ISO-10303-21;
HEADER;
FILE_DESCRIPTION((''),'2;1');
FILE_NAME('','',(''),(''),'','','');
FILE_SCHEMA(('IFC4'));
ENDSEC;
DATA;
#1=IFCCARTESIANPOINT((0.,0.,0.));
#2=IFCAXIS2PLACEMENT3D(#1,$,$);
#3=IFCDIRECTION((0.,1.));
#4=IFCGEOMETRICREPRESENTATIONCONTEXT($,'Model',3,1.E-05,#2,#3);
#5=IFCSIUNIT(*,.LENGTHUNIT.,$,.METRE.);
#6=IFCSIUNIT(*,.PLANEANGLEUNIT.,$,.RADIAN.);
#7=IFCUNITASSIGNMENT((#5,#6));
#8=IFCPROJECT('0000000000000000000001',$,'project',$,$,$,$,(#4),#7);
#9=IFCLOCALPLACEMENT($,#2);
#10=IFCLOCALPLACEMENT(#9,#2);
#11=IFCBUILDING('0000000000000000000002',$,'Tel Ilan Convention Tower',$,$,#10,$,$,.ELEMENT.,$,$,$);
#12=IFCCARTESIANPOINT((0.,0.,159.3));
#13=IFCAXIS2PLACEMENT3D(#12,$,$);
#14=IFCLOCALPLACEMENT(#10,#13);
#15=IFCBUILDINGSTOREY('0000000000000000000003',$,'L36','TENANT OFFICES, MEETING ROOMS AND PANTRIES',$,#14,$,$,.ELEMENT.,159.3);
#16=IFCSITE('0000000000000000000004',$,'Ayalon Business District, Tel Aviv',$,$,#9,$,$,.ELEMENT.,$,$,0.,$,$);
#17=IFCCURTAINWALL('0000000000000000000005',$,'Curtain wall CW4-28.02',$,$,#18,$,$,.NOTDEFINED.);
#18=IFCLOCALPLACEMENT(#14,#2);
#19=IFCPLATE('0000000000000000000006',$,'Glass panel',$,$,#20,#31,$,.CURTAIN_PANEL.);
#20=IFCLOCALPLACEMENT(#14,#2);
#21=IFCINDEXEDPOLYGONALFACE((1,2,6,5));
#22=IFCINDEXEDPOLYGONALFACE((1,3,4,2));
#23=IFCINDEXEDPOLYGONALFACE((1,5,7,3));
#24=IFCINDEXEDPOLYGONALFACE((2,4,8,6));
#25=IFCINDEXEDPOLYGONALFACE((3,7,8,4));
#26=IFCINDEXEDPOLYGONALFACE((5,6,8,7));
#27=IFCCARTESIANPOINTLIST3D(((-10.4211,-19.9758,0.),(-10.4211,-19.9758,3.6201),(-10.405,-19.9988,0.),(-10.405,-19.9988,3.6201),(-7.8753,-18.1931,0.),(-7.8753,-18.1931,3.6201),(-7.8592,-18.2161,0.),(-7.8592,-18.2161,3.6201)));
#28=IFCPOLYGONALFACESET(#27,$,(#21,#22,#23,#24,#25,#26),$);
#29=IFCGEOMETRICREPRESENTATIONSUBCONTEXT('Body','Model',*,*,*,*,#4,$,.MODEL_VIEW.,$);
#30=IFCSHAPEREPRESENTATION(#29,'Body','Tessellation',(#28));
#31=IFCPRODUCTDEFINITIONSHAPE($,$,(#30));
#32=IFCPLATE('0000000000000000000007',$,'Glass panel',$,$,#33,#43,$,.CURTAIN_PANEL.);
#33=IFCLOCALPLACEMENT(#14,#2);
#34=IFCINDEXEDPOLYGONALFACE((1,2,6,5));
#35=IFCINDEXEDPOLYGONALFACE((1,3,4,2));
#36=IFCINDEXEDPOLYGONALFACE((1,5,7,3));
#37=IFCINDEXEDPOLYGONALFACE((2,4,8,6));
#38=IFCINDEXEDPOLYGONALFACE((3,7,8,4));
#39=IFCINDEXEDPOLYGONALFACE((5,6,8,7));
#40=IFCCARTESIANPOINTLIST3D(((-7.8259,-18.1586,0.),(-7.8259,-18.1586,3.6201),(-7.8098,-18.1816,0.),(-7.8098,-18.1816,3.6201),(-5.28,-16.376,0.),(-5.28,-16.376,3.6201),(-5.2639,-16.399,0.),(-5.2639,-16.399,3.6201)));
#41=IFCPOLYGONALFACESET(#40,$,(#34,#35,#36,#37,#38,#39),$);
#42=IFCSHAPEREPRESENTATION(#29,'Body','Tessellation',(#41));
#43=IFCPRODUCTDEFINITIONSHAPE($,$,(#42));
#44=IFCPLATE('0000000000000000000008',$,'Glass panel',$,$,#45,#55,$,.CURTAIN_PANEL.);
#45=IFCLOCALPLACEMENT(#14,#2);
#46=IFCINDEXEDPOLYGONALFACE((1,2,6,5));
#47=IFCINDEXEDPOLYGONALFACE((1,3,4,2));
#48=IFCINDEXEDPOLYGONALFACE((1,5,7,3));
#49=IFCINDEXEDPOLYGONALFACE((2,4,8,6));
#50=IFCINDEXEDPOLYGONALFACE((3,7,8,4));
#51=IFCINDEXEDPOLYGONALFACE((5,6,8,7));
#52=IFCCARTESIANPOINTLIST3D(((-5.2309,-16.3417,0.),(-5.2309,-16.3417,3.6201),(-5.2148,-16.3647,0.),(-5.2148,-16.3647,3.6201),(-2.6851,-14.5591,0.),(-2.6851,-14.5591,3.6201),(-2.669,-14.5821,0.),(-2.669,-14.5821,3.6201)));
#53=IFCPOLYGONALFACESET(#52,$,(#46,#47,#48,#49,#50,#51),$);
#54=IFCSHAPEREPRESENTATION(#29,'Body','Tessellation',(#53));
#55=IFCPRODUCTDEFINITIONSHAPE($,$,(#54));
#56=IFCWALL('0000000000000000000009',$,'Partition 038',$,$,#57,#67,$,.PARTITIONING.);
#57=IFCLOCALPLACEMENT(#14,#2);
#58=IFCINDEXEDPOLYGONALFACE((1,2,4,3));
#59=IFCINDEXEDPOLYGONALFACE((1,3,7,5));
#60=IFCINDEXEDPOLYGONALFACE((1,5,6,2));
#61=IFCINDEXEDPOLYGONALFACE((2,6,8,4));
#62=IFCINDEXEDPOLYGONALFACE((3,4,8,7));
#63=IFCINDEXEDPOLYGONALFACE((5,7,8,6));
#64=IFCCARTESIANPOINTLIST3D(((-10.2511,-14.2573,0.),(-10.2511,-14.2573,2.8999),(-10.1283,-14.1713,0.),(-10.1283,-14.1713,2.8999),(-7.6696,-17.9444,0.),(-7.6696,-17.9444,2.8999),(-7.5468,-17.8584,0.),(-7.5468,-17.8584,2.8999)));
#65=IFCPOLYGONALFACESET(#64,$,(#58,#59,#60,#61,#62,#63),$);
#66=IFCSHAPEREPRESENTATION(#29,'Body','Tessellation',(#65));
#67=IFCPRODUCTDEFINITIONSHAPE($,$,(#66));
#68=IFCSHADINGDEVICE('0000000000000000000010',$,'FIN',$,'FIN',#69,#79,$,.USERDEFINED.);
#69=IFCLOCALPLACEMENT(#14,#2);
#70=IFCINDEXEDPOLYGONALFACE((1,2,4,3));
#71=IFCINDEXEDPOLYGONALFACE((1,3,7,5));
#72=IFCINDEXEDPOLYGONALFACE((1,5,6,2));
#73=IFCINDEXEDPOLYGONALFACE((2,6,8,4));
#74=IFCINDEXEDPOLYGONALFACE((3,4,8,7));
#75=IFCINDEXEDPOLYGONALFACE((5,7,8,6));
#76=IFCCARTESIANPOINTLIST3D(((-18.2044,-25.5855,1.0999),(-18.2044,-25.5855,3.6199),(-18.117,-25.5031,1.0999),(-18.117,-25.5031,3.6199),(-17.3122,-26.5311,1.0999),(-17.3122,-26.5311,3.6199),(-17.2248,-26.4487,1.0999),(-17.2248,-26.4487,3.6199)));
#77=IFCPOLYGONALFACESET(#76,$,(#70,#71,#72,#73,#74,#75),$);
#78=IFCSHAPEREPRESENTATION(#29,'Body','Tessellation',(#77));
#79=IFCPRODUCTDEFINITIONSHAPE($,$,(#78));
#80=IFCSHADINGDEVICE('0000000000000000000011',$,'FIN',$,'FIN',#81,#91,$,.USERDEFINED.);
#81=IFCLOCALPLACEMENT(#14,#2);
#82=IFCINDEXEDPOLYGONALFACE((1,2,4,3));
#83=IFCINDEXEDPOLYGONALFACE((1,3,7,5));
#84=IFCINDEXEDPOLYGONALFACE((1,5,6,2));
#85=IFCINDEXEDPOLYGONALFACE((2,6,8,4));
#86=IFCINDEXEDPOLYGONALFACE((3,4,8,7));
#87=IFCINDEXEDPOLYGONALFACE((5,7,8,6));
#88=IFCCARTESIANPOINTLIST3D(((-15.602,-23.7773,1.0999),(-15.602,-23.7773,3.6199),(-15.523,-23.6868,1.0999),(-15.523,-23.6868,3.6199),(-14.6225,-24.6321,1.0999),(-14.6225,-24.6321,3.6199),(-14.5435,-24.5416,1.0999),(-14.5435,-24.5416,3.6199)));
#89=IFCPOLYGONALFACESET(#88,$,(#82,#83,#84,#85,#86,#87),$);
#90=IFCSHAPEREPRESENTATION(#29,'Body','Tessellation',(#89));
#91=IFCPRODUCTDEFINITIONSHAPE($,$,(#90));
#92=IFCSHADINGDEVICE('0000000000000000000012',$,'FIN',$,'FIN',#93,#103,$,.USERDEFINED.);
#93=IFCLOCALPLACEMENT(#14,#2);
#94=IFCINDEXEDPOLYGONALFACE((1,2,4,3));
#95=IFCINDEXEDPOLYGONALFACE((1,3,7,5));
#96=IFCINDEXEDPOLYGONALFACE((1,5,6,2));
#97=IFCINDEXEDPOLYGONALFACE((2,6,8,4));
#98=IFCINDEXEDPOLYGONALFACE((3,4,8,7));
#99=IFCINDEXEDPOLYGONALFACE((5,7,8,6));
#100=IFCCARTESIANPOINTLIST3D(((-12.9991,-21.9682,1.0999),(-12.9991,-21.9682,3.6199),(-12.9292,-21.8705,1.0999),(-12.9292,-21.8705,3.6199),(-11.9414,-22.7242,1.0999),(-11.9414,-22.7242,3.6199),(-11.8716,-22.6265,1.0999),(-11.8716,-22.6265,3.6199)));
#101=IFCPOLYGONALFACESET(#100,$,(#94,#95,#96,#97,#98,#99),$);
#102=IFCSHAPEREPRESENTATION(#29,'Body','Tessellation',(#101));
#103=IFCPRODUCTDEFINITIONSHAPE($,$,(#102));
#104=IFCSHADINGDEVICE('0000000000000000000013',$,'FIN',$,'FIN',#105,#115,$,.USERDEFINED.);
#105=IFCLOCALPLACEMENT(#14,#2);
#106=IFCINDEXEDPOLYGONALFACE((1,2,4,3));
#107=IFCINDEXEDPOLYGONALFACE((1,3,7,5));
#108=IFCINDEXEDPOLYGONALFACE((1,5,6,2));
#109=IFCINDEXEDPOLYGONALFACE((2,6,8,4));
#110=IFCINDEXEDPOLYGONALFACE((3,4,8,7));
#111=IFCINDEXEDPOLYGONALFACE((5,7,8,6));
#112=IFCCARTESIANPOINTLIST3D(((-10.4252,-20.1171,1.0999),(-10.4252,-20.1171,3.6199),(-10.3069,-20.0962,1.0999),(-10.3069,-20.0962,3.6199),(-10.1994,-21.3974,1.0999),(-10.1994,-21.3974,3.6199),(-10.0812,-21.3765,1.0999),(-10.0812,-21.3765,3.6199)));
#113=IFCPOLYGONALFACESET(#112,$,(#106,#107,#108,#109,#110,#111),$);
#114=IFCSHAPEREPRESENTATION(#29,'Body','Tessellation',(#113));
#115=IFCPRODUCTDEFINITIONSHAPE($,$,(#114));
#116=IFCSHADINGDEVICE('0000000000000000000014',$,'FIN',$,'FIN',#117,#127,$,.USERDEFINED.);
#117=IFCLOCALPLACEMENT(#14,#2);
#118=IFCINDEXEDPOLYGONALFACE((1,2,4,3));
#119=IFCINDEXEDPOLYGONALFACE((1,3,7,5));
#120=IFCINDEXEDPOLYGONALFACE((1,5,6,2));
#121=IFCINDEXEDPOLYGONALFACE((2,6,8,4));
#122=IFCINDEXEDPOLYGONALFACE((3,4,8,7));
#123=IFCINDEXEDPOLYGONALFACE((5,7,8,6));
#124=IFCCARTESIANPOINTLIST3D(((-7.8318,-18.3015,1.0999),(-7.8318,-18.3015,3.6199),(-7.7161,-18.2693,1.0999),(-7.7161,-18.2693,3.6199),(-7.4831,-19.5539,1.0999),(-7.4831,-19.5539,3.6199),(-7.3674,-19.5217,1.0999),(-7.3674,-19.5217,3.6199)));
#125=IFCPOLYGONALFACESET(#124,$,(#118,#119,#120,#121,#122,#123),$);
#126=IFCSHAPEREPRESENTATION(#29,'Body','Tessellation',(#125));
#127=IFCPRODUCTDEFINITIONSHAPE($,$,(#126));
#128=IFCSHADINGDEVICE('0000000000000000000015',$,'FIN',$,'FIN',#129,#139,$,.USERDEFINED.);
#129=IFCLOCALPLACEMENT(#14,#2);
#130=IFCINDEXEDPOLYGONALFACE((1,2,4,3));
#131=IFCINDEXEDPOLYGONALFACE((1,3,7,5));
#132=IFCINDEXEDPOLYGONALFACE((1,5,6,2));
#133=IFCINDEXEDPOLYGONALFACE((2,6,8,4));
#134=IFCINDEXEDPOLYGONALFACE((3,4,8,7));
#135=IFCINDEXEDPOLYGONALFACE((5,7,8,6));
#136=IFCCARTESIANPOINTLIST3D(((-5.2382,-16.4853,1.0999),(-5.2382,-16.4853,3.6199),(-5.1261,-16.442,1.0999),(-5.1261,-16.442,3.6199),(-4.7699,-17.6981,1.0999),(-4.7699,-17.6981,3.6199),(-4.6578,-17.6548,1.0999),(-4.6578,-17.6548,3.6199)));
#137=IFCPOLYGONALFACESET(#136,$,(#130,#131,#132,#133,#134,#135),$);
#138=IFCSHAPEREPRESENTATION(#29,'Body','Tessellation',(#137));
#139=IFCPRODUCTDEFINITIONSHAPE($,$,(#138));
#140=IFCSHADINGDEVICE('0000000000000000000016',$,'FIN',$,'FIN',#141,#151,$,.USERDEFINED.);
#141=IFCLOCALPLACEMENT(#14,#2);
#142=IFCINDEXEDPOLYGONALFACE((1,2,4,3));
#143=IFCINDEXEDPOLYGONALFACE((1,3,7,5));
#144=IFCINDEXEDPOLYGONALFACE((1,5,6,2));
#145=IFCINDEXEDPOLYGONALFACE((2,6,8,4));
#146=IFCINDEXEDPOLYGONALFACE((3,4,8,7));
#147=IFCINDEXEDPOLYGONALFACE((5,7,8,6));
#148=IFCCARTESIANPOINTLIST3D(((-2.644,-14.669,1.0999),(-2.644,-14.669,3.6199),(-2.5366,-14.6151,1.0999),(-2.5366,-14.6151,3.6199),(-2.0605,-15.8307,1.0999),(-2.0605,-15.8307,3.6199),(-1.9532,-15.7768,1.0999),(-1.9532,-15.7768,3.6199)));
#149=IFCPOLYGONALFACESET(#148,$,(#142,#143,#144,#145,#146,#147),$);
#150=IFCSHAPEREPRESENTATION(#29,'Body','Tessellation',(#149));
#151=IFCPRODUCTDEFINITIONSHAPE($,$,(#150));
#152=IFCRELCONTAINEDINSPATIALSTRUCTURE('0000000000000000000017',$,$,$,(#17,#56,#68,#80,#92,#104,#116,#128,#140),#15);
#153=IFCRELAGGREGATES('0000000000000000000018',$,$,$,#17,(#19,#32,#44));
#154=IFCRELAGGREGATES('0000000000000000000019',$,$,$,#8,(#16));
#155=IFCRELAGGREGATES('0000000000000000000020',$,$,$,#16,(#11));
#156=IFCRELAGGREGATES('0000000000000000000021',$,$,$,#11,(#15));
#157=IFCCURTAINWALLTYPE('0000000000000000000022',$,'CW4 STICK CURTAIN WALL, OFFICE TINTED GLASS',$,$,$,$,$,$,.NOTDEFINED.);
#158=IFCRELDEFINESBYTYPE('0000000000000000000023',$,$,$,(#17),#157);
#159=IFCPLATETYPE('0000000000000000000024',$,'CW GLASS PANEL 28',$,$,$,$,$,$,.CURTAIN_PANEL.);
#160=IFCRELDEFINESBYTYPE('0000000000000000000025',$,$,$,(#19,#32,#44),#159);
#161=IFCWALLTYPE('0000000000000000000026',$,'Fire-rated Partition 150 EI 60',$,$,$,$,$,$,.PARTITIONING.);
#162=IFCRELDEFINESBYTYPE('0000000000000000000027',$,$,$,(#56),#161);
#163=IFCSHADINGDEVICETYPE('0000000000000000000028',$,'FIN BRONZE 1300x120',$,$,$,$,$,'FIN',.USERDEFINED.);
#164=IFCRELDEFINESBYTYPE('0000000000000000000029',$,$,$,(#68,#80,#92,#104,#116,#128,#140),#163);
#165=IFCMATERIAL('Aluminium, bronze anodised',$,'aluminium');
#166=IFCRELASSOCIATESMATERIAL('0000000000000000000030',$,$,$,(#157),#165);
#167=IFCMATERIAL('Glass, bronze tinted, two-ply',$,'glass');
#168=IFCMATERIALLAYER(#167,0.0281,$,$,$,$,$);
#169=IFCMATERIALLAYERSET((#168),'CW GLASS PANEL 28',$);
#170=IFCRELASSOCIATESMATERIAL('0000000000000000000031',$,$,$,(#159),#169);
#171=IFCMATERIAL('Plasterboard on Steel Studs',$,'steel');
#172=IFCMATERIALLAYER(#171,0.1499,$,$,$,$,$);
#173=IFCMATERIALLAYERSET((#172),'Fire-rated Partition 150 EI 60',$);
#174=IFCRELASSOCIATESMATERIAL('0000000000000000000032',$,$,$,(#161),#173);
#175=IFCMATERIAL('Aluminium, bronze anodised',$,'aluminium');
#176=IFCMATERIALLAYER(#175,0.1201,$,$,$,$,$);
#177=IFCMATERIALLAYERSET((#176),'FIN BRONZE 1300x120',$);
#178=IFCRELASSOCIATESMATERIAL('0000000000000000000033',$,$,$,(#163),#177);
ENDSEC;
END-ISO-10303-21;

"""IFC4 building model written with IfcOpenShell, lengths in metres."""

from ifc_helpers import new_model, si_unit, direction, frame, frame_2d, origin, origin_2d, place, context, subcontext, project, spatial, rectangle, extrude, material, layer, layer_set, type_object, element, aggregate, save


model = new_model("IFC4")

# Units and contexts
model_context = context("Model", 3, precision=1e-05, world=origin(), true_north=direction((0.0, 1.0)))
body_context = subcontext(model_context, "Body", "Model", "MODEL_VIEW")
ifc_project = project(units=[si_unit("LENGTHUNIT", "METRE"), si_unit("PLANEANGLEUNIT", "RADIAN")], contexts=[model_context])

# Site, building, storey
site_placement = place(None, origin())
site = spatial("IfcSite", under=ifc_project, at=site_placement, Name="Ayalon Business District, Tel Aviv", CompositionType="ELEMENT", RefElevation=0.0)
building_placement = place(site_placement, origin())
building = spatial("IfcBuilding", under=site, at=building_placement, Name="Tel Ilan Convention Tower", CompositionType="ELEMENT")
storey_placement = place(building_placement, frame((0.0, 0.0, 159.3)))
storey = spatial("IfcBuildingStorey", under=building, at=storey_placement, Name="L36", Description="TENANT OFFICES, MEETING ROOMS AND PANTRIES", CompositionType="ELEMENT", Elevation=159.3)

# Curtain wall, plates
ifc_material_1 = material(Name="Aluminium, bronze anodised", Category="aluminium")
curtain_wall_type = type_object("IfcCurtainWallType", Name="CW4 STICK CURTAIN WALL, OFFICE TINTED GLASS", PredefinedType="NOTDEFINED", material=ifc_material_1)
curtain_wall_placement = place(storey_placement, origin())
curtain_wall = element("IfcCurtainWall", 1, at=curtain_wall_placement, inside=storey, type_object=curtain_wall_type, Name="Curtain wall CW4-28.02", PredefinedType="NOTDEFINED")
ifc_material_2 = material(Name="Glass, bronze tinted, two-ply", Category="glass")
ifc_layer_1 = layer(ifc_material_2, 0.0281)
ifc_layer_set_1 = layer_set([ifc_layer_1], Name="CW GLASS PANEL 28")
plate_type = type_object("IfcPlateType", Name="CW GLASS PANEL 28", PredefinedType="CURTAIN_PANEL", material=ifc_layer_set_1)
plate_1_placement = place(storey_placement, frame((-9.1401, -19.0959, 0.0), z_axis=(0.0, 0.0, 1.0), x_axis=(0.819152, 0.573576, 0.0)))
plate_1 = element("IfcPlate", 2, at=plate_1_placement, type_object=plate_type, Name="Glass panel", PredefinedType="CURTAIN_PANEL", context=body_context, shape_type="SweptSolid", body=[
    extrude(rectangle(XDim=3.1079, YDim=0.0281, at=origin_2d()), origin(), (0.0, 0.0, 1.0), 3.6201),
])
plate_2_placement = place(storey_placement, frame((-6.5449, -17.2788, 0.0), z_axis=(0.0, 0.0, 1.0), x_axis=(0.819152, 0.573576, 0.0)))
plate_2 = element("IfcPlate", 3, at=plate_2_placement, type_object=plate_type, Name="Glass panel", PredefinedType="CURTAIN_PANEL", context=body_context, shape_type="SweptSolid", body=[
    extrude(rectangle(XDim=3.1079, YDim=0.0281, at=origin_2d()), origin(), (0.0, 0.0, 1.0), 3.6201),
])
plate_3_placement = place(storey_placement, frame((-3.95, -15.4619, 0.0), z_axis=(0.0, 0.0, 1.0), x_axis=(0.819152, 0.573576, 0.0)))
plate_3 = element("IfcPlate", 4, at=plate_3_placement, type_object=plate_type, Name="Glass panel", PredefinedType="CURTAIN_PANEL", context=body_context, shape_type="SweptSolid", body=[
    extrude(rectangle(XDim=3.1079, YDim=0.0281, at=origin_2d()), origin(), (0.0, 0.0, 1.0), 3.6201),
])
aggregate(curtain_wall, [plate_1, plate_2, plate_3])

# Wall
ifc_material_3 = material(Name="Plasterboard on Steel Studs", Category="steel")
ifc_layer_2 = layer(ifc_material_3, 0.1499)
ifc_layer_set_2 = layer_set([ifc_layer_2], Name="Fire-rated Partition 150 EI 60")
wall_type = type_object("IfcWallType", Name="Fire-rated Partition 150 EI 60", PredefinedType="PARTITIONING", material=ifc_layer_set_2)
wall_placement = place(storey_placement, frame((-7.6082, -17.9014, 0.0), z_axis=(0.0, 0.0, 1.0), x_axis=(-0.573557, 0.819166, 0.0)))
element("IfcWall", 5, at=wall_placement, inside=storey, type_object=wall_type, Name="Partition 038", PredefinedType="PARTITIONING", context=body_context, shape_type="SweptSolid", body=[
    extrude(rectangle(XDim=4.501, YDim=0.1499, at=frame_2d((2.2505, 0.0))), origin(), (0.0, 0.0, 1.0), 2.8999),
])

# Shading devices
ifc_material_4 = material(Name="Aluminium, bronze anodised", Category="aluminium")
ifc_layer_3 = layer(ifc_material_4, 0.1201)
ifc_layer_set_3 = layer_set([ifc_layer_3], Name="FIN BRONZE 1300x120")
shading_device_type = type_object("IfcShadingDeviceType", Name="FIN BRONZE 1300x120", ElementType="FIN", PredefinedType="USERDEFINED", material=ifc_layer_set_3)
for number, where, z_axis, x_axis, name in (
    (6, (-17.7146, -26.0171, 1.0999), (0.0, 0.0, 1.0), (0.686242, -0.727374, 0.0), "FIN"),
    (7, (-15.0728, -24.1594, 1.0999), (0.0, 0.0, 1.0), (0.753436, -0.657521, 0.0), "FIN"),
    (8, (-12.4353, -22.2974, 1.0999), (0.0, 0.0, 1.0), (0.813552, -0.581492, 0.0), "FIN"),
    (9, (-10.2532, -20.7468, 1.0999), (0.0, 0.0, 1.0), (0.173648, -0.984808, 0.0), "FIN"),
    (10, (-7.5996, -18.9116, 1.0999), (0.0, 0.0, 1.0), (0.268173, -0.963371, 0.0), "FIN"),
    (11, (-4.948, -17.0701, 1.0999), (0.0, 0.0, 1.0), (0.360178, -0.932884, 0.0), "FIN"),
    (12, (-2.2986, -15.2229, 1.0999), (0.0, 0.0, 1.0), (0.448799, -0.893633, 0.0), "FIN"),
):
    element("IfcShadingDevice", number, at=place(storey_placement, frame(where, z_axis=z_axis, x_axis=x_axis)), inside=storey, type_object=shading_device_type, Name=name, ObjectType="FIN", PredefinedType="USERDEFINED", context=body_context, shape_type="SweptSolid", body=[
        extrude(rectangle(XDim=1.3, YDim=0.1201, at=origin_2d()), origin(), (0.0, 0.0, 1.0), 2.52),
    ])

save(model, "model.ifc")
